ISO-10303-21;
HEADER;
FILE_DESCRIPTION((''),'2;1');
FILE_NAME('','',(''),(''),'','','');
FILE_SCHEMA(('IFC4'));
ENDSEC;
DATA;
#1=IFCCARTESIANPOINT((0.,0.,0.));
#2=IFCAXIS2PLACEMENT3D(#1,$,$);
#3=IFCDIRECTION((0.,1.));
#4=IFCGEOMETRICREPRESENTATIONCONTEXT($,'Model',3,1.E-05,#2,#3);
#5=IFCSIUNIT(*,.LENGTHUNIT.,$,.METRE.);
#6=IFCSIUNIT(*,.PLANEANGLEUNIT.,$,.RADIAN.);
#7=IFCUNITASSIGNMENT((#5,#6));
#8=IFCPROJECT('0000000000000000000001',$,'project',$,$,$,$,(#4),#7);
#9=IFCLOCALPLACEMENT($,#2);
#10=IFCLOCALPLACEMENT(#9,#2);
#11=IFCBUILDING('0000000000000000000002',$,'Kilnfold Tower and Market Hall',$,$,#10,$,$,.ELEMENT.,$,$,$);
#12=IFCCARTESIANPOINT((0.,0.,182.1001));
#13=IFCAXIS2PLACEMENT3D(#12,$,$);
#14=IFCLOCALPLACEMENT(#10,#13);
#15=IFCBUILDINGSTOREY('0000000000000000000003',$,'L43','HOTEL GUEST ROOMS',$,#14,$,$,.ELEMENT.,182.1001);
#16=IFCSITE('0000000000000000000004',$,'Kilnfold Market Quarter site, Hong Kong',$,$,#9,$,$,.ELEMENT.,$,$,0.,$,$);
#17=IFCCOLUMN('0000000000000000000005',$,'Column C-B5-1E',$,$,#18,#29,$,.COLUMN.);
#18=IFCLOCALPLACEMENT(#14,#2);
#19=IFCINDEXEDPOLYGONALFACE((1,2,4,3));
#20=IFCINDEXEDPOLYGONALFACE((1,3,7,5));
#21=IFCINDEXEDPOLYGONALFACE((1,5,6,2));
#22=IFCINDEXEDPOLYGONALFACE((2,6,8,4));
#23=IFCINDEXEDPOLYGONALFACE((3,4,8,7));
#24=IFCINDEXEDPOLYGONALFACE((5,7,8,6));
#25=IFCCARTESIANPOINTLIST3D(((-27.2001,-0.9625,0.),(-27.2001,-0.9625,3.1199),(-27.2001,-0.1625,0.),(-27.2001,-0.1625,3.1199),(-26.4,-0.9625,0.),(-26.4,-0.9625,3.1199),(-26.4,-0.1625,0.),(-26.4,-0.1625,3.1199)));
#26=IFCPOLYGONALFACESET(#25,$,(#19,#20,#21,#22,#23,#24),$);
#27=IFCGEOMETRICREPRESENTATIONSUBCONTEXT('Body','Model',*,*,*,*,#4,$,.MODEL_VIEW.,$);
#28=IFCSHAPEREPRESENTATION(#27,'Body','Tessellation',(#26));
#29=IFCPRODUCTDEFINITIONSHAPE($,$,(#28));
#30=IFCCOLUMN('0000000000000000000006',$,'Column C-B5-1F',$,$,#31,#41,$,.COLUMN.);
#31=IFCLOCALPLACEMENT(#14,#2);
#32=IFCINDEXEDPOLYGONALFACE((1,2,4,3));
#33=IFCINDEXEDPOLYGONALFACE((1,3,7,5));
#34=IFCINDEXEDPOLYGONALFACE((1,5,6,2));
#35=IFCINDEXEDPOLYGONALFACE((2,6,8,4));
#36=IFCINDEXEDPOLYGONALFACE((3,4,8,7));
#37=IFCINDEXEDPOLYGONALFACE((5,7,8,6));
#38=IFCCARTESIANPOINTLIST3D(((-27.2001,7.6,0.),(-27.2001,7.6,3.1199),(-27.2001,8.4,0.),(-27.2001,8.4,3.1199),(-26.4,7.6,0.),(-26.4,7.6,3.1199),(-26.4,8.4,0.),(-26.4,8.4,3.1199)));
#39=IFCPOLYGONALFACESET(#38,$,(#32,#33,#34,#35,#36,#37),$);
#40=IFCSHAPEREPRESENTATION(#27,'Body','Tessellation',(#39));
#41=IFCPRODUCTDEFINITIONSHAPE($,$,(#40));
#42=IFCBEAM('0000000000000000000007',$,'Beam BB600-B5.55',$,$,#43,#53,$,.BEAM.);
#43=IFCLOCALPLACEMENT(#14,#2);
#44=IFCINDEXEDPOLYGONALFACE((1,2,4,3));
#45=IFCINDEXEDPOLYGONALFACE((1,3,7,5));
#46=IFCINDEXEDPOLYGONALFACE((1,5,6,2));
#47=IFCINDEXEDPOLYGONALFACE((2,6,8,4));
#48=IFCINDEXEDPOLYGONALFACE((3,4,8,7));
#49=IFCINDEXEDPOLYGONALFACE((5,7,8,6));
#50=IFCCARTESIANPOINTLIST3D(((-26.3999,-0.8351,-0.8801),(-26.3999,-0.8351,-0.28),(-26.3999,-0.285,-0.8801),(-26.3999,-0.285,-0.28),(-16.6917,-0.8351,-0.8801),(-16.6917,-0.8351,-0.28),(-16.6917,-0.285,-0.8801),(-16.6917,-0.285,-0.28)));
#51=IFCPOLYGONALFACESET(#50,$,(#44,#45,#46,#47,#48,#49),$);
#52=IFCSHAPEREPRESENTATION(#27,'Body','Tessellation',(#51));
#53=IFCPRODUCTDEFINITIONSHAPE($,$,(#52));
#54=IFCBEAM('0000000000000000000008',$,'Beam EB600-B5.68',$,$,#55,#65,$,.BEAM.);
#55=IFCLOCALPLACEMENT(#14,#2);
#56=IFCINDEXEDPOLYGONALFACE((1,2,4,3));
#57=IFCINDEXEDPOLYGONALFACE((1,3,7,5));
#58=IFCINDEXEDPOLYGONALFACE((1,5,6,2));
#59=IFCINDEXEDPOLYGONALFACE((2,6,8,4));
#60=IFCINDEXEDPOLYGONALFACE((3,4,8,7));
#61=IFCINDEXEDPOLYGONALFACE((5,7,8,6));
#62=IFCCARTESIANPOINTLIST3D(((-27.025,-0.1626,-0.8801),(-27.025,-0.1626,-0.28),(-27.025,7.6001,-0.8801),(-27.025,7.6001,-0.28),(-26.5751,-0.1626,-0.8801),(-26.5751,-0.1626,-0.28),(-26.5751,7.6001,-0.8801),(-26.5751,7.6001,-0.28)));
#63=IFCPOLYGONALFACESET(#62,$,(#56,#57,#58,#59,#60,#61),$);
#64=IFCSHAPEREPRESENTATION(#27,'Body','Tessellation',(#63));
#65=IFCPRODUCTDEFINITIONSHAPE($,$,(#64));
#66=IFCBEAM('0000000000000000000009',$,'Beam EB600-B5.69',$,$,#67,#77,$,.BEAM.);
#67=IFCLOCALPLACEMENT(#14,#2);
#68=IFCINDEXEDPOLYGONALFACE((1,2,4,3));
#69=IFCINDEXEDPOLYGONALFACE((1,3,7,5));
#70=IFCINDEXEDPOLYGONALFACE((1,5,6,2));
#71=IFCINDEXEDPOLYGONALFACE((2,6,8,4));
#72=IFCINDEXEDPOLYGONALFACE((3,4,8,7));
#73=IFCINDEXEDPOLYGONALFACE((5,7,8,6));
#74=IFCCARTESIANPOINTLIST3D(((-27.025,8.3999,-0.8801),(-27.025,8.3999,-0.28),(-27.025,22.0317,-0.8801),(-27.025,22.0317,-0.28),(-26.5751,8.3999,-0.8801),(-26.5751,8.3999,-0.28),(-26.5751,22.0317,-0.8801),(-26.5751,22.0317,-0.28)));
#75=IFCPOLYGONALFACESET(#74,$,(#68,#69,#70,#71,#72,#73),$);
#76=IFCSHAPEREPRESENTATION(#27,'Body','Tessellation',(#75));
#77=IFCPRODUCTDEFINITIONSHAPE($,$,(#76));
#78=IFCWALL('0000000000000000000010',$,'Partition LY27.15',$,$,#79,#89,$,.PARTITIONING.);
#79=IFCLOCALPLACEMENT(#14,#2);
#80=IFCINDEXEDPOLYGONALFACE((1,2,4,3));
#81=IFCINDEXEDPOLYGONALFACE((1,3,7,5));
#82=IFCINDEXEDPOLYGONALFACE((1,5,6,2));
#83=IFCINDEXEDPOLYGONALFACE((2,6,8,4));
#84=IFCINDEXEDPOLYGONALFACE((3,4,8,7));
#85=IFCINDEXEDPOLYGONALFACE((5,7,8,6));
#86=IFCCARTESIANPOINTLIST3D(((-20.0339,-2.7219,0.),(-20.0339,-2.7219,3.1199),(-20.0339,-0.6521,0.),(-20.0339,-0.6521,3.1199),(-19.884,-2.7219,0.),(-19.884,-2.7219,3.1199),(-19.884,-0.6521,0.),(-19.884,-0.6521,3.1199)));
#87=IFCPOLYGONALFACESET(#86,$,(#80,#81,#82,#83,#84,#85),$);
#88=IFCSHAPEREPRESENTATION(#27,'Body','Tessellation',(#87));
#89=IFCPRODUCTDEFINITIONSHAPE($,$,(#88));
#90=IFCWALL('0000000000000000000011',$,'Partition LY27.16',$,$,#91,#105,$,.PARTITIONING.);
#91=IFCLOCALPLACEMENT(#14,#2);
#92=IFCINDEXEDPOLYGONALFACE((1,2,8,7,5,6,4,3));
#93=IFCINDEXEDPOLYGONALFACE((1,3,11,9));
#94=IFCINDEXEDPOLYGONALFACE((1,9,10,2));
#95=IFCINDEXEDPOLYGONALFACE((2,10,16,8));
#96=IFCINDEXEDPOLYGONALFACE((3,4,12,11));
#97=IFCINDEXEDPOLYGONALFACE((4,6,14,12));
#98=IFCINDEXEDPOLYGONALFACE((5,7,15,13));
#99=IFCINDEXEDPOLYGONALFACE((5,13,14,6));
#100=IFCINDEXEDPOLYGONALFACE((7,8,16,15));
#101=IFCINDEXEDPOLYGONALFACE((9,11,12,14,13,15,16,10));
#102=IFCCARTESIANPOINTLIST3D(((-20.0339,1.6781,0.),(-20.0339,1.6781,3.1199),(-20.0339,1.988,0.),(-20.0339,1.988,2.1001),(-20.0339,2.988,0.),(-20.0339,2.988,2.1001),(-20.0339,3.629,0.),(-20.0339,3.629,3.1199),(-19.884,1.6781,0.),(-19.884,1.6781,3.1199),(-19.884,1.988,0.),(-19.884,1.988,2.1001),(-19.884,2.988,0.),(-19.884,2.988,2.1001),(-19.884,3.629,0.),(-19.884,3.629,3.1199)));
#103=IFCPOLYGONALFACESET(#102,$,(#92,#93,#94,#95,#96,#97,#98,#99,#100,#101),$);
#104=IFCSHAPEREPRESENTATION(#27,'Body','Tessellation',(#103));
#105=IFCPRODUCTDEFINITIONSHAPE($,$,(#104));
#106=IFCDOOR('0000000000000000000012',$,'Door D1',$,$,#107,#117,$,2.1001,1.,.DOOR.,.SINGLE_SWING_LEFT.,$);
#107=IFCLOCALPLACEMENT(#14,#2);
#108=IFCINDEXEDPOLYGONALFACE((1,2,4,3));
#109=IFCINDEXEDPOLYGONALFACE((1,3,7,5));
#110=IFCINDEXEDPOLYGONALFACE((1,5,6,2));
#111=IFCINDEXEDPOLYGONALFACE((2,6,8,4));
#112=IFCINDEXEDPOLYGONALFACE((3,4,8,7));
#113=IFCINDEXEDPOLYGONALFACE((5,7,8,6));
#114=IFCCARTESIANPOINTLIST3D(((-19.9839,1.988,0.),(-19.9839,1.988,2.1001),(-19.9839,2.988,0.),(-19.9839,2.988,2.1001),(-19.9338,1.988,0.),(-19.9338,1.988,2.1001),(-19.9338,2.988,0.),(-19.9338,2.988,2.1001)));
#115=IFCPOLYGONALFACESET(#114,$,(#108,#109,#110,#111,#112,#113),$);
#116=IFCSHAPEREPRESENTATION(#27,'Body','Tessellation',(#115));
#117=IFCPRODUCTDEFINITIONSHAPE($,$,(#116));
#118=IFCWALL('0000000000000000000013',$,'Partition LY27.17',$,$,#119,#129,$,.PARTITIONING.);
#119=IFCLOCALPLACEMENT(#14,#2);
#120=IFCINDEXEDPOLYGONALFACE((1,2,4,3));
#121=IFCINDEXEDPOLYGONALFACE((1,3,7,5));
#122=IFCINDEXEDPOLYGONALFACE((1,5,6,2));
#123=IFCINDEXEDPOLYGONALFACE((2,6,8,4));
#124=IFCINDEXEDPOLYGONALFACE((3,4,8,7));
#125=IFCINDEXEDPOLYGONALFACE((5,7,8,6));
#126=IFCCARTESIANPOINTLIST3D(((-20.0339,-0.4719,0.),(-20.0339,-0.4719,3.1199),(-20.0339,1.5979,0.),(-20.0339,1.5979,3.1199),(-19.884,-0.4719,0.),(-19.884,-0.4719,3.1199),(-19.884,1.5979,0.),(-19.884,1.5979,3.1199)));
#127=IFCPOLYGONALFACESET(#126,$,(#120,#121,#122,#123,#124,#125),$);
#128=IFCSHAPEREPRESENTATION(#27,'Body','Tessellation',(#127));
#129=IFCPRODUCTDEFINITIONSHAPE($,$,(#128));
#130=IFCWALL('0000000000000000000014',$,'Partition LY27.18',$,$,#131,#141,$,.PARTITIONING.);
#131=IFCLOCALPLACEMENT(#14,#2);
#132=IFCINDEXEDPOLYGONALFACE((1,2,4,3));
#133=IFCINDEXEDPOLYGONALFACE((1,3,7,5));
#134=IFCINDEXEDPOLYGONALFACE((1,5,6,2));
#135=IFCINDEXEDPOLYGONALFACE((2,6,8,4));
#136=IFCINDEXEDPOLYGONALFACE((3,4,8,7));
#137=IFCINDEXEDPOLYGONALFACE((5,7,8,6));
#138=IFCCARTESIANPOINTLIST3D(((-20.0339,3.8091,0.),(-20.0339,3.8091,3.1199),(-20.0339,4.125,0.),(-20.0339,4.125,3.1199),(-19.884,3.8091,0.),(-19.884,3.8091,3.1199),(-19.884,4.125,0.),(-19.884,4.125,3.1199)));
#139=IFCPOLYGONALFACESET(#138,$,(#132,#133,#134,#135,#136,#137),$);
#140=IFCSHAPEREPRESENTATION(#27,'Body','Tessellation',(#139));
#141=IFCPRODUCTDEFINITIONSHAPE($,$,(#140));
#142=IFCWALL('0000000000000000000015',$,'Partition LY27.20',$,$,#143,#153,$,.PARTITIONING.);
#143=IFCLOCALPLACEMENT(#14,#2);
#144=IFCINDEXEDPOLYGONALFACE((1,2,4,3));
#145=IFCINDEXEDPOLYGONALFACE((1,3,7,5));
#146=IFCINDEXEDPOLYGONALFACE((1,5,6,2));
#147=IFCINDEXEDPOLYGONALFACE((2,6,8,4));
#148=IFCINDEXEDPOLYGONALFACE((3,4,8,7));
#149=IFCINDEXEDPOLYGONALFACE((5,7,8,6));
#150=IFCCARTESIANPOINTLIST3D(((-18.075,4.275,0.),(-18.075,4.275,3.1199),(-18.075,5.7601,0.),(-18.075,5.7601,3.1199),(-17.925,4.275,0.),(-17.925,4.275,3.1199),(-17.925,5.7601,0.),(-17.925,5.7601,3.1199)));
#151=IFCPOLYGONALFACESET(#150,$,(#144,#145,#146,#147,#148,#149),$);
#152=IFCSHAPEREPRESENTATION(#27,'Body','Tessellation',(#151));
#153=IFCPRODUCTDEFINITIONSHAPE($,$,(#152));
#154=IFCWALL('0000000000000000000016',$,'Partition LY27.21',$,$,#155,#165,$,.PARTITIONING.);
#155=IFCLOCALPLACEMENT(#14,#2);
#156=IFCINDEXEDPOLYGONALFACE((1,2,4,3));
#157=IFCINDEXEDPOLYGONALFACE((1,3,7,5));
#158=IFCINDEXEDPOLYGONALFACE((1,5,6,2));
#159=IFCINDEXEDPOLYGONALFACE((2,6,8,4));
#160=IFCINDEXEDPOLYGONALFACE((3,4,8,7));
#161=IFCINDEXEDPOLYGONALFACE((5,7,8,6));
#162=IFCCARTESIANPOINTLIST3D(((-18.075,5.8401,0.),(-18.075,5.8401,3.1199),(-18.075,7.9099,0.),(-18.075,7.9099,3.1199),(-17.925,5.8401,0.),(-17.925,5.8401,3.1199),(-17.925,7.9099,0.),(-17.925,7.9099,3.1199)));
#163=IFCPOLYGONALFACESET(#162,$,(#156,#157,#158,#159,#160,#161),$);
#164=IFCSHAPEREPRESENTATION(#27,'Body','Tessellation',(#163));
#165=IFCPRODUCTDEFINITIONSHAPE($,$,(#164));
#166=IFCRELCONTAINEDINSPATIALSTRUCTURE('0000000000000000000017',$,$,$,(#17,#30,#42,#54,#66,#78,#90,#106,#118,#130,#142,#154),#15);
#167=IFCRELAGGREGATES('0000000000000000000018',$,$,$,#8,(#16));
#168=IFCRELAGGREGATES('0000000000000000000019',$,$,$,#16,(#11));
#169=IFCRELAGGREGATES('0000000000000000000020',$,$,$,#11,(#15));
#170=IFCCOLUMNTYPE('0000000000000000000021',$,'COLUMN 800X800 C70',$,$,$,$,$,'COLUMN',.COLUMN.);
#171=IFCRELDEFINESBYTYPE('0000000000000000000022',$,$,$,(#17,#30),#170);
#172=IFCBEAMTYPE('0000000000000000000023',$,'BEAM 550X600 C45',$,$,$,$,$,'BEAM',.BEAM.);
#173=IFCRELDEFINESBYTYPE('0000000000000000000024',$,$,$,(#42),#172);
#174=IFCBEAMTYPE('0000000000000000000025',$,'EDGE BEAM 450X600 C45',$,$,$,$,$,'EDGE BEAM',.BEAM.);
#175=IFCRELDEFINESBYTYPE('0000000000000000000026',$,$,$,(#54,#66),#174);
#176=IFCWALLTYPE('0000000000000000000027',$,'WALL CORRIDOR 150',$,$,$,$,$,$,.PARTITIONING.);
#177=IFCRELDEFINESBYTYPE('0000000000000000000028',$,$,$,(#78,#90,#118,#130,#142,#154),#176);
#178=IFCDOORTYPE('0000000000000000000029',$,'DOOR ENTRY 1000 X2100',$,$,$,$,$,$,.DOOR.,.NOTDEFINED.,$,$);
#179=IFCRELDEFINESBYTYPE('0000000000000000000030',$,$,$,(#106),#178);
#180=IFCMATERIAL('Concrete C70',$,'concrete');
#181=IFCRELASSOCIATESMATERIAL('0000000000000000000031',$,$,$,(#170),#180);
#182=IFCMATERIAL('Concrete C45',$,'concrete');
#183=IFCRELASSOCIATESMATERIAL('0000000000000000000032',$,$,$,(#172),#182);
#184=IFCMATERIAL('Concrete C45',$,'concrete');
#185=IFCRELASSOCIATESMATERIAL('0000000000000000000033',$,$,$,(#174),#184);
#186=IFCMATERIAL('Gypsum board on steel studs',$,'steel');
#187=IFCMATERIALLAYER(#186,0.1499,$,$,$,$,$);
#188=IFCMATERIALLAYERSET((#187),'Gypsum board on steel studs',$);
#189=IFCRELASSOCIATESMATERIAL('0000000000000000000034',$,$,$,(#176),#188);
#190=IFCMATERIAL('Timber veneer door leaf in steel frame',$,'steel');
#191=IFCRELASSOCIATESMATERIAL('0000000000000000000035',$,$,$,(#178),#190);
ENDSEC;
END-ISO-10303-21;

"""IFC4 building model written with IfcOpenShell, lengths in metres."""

from ifc_helpers import new_model, si_unit, direction, frame, frame_2d, origin, origin_2d, place, context, subcontext, project, spatial, rectangle, extrude, source, transform, mapped, material, layer, layer_set, material_profile, profile_set, type_object, element, fill, save


model = new_model("IFC4")

# Units and contexts
model_context = context("Model", 3, precision=1e-05, world=origin(), true_north=direction((0.0, 1.0)))
body_context = subcontext(model_context, "Body", "Model", "MODEL_VIEW")
ifc_project = project(units=[si_unit("LENGTHUNIT", "METRE"), si_unit("PLANEANGLEUNIT", "RADIAN")], contexts=[model_context])

# Site, building, storey
site_placement = place(None, origin())
site = spatial("IfcSite", under=ifc_project, at=site_placement, Name="Kilnfold Market Quarter site, Hong Kong", CompositionType="ELEMENT", RefElevation=0.0)
building_placement = place(site_placement, origin())
building = spatial("IfcBuilding", under=site, at=building_placement, Name="Kilnfold Tower and Market Hall", CompositionType="ELEMENT")
storey_placement = place(building_placement, frame((0.0, 0.0, 182.1001)))
storey = spatial("IfcBuildingStorey", under=building, at=storey_placement, Name="L43", Description="HOTEL GUEST ROOMS", CompositionType="ELEMENT", Elevation=182.1001)

# Columns
ifc_material_1 = material(Name="Concrete C70", Category="concrete")
ifc_material_profile_1 = material_profile(ifc_material_1, rectangle(XDim=0.8, YDim=0.8, at=origin_2d()), Name="RC 800x800")
ifc_profile_set_1 = profile_set([ifc_material_profile_1], Name="Concrete C70")
column_type = type_object("IfcColumnType", Name="COLUMN 800X800 C70", ElementType="COLUMN", PredefinedType="COLUMN", material=ifc_profile_set_1)
shared_shape_1 = source(origin(), body_context, "Body", "SweptSolid", [
    extrude(rectangle(XDim=0.8, YDim=0.8, at=origin_2d()), origin(), (0.0, 0.0, 1.0), 3.1199),
])
for number, where, z_axis, x_axis, name in (
    (1, (-26.8, -0.5625, 0.0), (0.0, 0.0, 1.0), (1.0, 0.0, 0.0), "Column C-B5-1E"),
    (2, (-26.8, 8.0, 0.0), (0.0, 0.0, 1.0), (1.0, 0.0, 0.0), "Column C-B5-1F"),
):
    element("IfcColumn", number, at=place(storey_placement, frame(where, z_axis=z_axis, x_axis=x_axis)), inside=storey, type_object=column_type, Name=name, PredefinedType="COLUMN", context=body_context, shape_type="MappedRepresentation", body=[
        mapped(shared_shape_1, transform((0.0, 0.0, 0.0))),
    ])

# Beams
ifc_material_2 = material(Name="Concrete C45", Category="concrete")
ifc_material_profile_2 = material_profile(ifc_material_2, rectangle(XDim=0.55, YDim=0.6001, at=origin_2d()), Name="RC 550x600")
ifc_profile_set_2 = profile_set([ifc_material_profile_2], Name="Concrete C45")
beam_type_1 = type_object("IfcBeamType", Name="BEAM 550X600 C45", ElementType="BEAM", PredefinedType="BEAM", material=ifc_profile_set_2)
shared_shape_2 = source(origin(), body_context, "Body", "SweptSolid", [
    extrude(rectangle(XDim=0.55, YDim=0.6001, at=origin_2d()), origin(), (0.0, 0.0, 1.0), 9.7083),
])
beam_1_placement = place(storey_placement, frame((-26.3999, -0.5601, -0.5801), z_axis=(1.0, 0.0, 0.0), x_axis=(0.0, 1.0, 0.0)))
element("IfcBeam", 3, at=beam_1_placement, inside=storey, type_object=beam_type_1, Name="Beam BB600-B5.55", PredefinedType="BEAM", context=body_context, shape_type="MappedRepresentation", body=[
    mapped(shared_shape_2, transform((0.0, 0.0, 0.0))),
])
ifc_material_3 = material(Name="Concrete C45", Category="concrete")
ifc_material_profile_3 = material_profile(ifc_material_3, rectangle(XDim=0.45, YDim=0.6001, at=origin_2d()), Name="RC 450x600")
ifc_profile_set_3 = profile_set([ifc_material_profile_3], Name="Concrete C45")
beam_type_2 = type_object("IfcBeamType", Name="EDGE BEAM 450X600 C45", ElementType="EDGE BEAM", PredefinedType="BEAM", material=ifc_profile_set_3)
shared_shape_3 = source(origin(), body_context, "Body", "SweptSolid", [
    extrude(rectangle(XDim=0.45, YDim=0.6001, at=origin_2d()), origin(), (0.0, 0.0, 1.0), 7.7627),
])
beam_2_placement = place(storey_placement, frame((-26.8, -0.1626, -0.5801), z_axis=(0.0, 1.0, 0.0), x_axis=(-1.0, 0.0, 0.0)))
element("IfcBeam", 4, at=beam_2_placement, inside=storey, type_object=beam_type_2, Name="Beam EB600-B5.68", PredefinedType="BEAM", context=body_context, shape_type="MappedRepresentation", body=[
    mapped(shared_shape_3, transform((0.0, 0.0, 0.0))),
])
shared_shape_4 = source(origin(), body_context, "Body", "SweptSolid", [
    extrude(rectangle(XDim=0.45, YDim=0.6001, at=origin_2d()), origin(), (0.0, 0.0, 1.0), 13.6318),
])
beam_3_placement = place(storey_placement, frame((-26.8, 8.3999, -0.5801), z_axis=(0.0, 1.0, 0.0), x_axis=(-1.0, 0.0, 0.0)))
element("IfcBeam", 5, at=beam_3_placement, inside=storey, type_object=beam_type_2, Name="Beam EB600-B5.69", PredefinedType="BEAM", context=body_context, shape_type="MappedRepresentation", body=[
    mapped(shared_shape_4, transform((0.0, 0.0, 0.0))),
])

# Wall
ifc_material_4 = material(Name="Gypsum board on steel studs", Category="steel")
ifc_layer_1 = layer(ifc_material_4, 0.1499)
ifc_layer_set_1 = layer_set([ifc_layer_1], Name="Gypsum board on steel studs")
wall_type_1 = type_object("IfcWallType", Name="WALL CORRIDOR 150", PredefinedType="PARTITIONING", material=ifc_layer_set_1)
wall_1_placement = place(storey_placement, frame((-19.959, -2.7219, 0.0), z_axis=(0.0, 0.0, 1.0), x_axis=(0.0, 1.0, 0.0)))
element("IfcWall", 6, at=wall_1_placement, inside=storey, type_object=wall_type_1, Name="Partition LY27.15", PredefinedType="PARTITIONING", context=body_context, shape_type="SweptSolid", body=[
    extrude(rectangle(XDim=2.0698, YDim=0.1499, at=frame_2d((1.0349, 0.0))), origin(), (0.0, 0.0, 1.0), 3.1199),
])

# Wall, opening, door
wall_2_placement = place(storey_placement, frame((-19.959, 1.678, 0.0), z_axis=(0.0, 0.0, 1.0), x_axis=(0.0, 1.0, 0.0)))
wall_2 = element("IfcWall", 7, at=wall_2_placement, inside=storey, type_object=wall_type_1, Name="Partition LY27.16", PredefinedType="PARTITIONING", context=body_context, shape_type="SweptSolid", body=[
    extrude(rectangle(XDim=1.9509, YDim=0.1499, at=frame_2d((0.9756, 0.0))), origin(), (0.0, 0.0, 1.0), 3.1199),
])
opening_1_placement = place(wall_2_placement, frame((0.3101, 0.0, 0.0)))
opening_1 = element("IfcOpeningElement", 8, at=opening_1_placement, cuts=wall_2, PredefinedType="OPENING", context=body_context, shape_type="SweptSolid", body=[
    extrude(rectangle(XDim=1.0, YDim=2.1001, at=frame_2d((0.5, 1.05))), frame((0.0, 0.085, 0.0), z_axis=(0.0, -1.0, 0.0), x_axis=(1.0, 0.0, 0.0)), (0.0, 0.0, 1.0), 0.1699),
])
ifc_material_5 = material(Name="Timber veneer door leaf in steel frame", Category="steel")
door_type_1 = type_object("IfcDoorType", Name="DOOR ENTRY 1000 X2100", OperationType="NOTDEFINED", PredefinedType="DOOR", material=ifc_material_5)
door_1_placement = place(opening_1_placement, origin())
door_1 = element("IfcDoor", 9, at=door_1_placement, inside=storey, type_object=door_type_1, Name="Door D1", OperationType="SINGLE_SWING_LEFT", OverallHeight=2.1001, OverallWidth=1.0, PredefinedType="DOOR", context=body_context, shape_type="SweptSolid", body=[
    extrude(rectangle(XDim=1.0, YDim=2.1001, at=frame_2d((0.5, 1.05))), frame((0.0, 0.0249, 0.0), z_axis=(0.0, -1.0, 0.0), x_axis=(1.0, 0.0, 0.0)), (0.0, 0.0, 1.0), 0.05),
])
fill(opening_1, door_1)

# Walls
wall_3_placement = place(storey_placement, frame((-19.959, -0.4719, 0.0), z_axis=(0.0, 0.0, 1.0), x_axis=(0.0, 1.0, 0.0)))
element("IfcWall", 10, at=wall_3_placement, inside=storey, type_object=wall_type_1, Name="Partition LY27.17", PredefinedType="PARTITIONING", context=body_context, shape_type="SweptSolid", body=[
    extrude(rectangle(XDim=2.0698, YDim=0.1499, at=frame_2d((1.0349, 0.0))), origin(), (0.0, 0.0, 1.0), 3.1199),
])
wall_4_placement = place(storey_placement, frame((-19.959, 3.8091, 0.0), z_axis=(0.0, 0.0, 1.0), x_axis=(0.0, 1.0, 0.0)))
element("IfcWall", 11, at=wall_4_placement, inside=storey, type_object=wall_type_1, Name="Partition LY27.18", PredefinedType="PARTITIONING", context=body_context, shape_type="SweptSolid", body=[
    extrude(rectangle(XDim=0.3159, YDim=0.1499, at=frame_2d((0.158, 0.0))), origin(), (0.0, 0.0, 1.0), 3.1199),
])
wall_5_placement = place(storey_placement, frame((-18.0, 4.2749, 0.0), z_axis=(0.0, 0.0, 1.0), x_axis=(0.0, 1.0, 0.0)))
element("IfcWall", 12, at=wall_5_placement, inside=storey, type_object=wall_type_1, Name="Partition LY27.20", PredefinedType="PARTITIONING", context=body_context, shape_type="SweptSolid", body=[
    extrude(rectangle(XDim=1.4851, YDim=0.1499, at=frame_2d((0.7427, 0.0))), origin(), (0.0, 0.0, 1.0), 3.1199),
])
wall_6_placement = place(storey_placement, frame((-18.0, 5.8401, 0.0), z_axis=(0.0, 0.0, 1.0), x_axis=(0.0, 1.0, 0.0)))
element("IfcWall", 13, at=wall_6_placement, inside=storey, type_object=wall_type_1, Name="Partition LY27.21", PredefinedType="PARTITIONING", context=body_context, shape_type="SweptSolid", body=[
    extrude(rectangle(XDim=2.0698, YDim=0.1499, at=frame_2d((1.0349, 0.0))), origin(), (0.0, 0.0, 1.0), 3.1199),
])

save(model, "model.ifc")
